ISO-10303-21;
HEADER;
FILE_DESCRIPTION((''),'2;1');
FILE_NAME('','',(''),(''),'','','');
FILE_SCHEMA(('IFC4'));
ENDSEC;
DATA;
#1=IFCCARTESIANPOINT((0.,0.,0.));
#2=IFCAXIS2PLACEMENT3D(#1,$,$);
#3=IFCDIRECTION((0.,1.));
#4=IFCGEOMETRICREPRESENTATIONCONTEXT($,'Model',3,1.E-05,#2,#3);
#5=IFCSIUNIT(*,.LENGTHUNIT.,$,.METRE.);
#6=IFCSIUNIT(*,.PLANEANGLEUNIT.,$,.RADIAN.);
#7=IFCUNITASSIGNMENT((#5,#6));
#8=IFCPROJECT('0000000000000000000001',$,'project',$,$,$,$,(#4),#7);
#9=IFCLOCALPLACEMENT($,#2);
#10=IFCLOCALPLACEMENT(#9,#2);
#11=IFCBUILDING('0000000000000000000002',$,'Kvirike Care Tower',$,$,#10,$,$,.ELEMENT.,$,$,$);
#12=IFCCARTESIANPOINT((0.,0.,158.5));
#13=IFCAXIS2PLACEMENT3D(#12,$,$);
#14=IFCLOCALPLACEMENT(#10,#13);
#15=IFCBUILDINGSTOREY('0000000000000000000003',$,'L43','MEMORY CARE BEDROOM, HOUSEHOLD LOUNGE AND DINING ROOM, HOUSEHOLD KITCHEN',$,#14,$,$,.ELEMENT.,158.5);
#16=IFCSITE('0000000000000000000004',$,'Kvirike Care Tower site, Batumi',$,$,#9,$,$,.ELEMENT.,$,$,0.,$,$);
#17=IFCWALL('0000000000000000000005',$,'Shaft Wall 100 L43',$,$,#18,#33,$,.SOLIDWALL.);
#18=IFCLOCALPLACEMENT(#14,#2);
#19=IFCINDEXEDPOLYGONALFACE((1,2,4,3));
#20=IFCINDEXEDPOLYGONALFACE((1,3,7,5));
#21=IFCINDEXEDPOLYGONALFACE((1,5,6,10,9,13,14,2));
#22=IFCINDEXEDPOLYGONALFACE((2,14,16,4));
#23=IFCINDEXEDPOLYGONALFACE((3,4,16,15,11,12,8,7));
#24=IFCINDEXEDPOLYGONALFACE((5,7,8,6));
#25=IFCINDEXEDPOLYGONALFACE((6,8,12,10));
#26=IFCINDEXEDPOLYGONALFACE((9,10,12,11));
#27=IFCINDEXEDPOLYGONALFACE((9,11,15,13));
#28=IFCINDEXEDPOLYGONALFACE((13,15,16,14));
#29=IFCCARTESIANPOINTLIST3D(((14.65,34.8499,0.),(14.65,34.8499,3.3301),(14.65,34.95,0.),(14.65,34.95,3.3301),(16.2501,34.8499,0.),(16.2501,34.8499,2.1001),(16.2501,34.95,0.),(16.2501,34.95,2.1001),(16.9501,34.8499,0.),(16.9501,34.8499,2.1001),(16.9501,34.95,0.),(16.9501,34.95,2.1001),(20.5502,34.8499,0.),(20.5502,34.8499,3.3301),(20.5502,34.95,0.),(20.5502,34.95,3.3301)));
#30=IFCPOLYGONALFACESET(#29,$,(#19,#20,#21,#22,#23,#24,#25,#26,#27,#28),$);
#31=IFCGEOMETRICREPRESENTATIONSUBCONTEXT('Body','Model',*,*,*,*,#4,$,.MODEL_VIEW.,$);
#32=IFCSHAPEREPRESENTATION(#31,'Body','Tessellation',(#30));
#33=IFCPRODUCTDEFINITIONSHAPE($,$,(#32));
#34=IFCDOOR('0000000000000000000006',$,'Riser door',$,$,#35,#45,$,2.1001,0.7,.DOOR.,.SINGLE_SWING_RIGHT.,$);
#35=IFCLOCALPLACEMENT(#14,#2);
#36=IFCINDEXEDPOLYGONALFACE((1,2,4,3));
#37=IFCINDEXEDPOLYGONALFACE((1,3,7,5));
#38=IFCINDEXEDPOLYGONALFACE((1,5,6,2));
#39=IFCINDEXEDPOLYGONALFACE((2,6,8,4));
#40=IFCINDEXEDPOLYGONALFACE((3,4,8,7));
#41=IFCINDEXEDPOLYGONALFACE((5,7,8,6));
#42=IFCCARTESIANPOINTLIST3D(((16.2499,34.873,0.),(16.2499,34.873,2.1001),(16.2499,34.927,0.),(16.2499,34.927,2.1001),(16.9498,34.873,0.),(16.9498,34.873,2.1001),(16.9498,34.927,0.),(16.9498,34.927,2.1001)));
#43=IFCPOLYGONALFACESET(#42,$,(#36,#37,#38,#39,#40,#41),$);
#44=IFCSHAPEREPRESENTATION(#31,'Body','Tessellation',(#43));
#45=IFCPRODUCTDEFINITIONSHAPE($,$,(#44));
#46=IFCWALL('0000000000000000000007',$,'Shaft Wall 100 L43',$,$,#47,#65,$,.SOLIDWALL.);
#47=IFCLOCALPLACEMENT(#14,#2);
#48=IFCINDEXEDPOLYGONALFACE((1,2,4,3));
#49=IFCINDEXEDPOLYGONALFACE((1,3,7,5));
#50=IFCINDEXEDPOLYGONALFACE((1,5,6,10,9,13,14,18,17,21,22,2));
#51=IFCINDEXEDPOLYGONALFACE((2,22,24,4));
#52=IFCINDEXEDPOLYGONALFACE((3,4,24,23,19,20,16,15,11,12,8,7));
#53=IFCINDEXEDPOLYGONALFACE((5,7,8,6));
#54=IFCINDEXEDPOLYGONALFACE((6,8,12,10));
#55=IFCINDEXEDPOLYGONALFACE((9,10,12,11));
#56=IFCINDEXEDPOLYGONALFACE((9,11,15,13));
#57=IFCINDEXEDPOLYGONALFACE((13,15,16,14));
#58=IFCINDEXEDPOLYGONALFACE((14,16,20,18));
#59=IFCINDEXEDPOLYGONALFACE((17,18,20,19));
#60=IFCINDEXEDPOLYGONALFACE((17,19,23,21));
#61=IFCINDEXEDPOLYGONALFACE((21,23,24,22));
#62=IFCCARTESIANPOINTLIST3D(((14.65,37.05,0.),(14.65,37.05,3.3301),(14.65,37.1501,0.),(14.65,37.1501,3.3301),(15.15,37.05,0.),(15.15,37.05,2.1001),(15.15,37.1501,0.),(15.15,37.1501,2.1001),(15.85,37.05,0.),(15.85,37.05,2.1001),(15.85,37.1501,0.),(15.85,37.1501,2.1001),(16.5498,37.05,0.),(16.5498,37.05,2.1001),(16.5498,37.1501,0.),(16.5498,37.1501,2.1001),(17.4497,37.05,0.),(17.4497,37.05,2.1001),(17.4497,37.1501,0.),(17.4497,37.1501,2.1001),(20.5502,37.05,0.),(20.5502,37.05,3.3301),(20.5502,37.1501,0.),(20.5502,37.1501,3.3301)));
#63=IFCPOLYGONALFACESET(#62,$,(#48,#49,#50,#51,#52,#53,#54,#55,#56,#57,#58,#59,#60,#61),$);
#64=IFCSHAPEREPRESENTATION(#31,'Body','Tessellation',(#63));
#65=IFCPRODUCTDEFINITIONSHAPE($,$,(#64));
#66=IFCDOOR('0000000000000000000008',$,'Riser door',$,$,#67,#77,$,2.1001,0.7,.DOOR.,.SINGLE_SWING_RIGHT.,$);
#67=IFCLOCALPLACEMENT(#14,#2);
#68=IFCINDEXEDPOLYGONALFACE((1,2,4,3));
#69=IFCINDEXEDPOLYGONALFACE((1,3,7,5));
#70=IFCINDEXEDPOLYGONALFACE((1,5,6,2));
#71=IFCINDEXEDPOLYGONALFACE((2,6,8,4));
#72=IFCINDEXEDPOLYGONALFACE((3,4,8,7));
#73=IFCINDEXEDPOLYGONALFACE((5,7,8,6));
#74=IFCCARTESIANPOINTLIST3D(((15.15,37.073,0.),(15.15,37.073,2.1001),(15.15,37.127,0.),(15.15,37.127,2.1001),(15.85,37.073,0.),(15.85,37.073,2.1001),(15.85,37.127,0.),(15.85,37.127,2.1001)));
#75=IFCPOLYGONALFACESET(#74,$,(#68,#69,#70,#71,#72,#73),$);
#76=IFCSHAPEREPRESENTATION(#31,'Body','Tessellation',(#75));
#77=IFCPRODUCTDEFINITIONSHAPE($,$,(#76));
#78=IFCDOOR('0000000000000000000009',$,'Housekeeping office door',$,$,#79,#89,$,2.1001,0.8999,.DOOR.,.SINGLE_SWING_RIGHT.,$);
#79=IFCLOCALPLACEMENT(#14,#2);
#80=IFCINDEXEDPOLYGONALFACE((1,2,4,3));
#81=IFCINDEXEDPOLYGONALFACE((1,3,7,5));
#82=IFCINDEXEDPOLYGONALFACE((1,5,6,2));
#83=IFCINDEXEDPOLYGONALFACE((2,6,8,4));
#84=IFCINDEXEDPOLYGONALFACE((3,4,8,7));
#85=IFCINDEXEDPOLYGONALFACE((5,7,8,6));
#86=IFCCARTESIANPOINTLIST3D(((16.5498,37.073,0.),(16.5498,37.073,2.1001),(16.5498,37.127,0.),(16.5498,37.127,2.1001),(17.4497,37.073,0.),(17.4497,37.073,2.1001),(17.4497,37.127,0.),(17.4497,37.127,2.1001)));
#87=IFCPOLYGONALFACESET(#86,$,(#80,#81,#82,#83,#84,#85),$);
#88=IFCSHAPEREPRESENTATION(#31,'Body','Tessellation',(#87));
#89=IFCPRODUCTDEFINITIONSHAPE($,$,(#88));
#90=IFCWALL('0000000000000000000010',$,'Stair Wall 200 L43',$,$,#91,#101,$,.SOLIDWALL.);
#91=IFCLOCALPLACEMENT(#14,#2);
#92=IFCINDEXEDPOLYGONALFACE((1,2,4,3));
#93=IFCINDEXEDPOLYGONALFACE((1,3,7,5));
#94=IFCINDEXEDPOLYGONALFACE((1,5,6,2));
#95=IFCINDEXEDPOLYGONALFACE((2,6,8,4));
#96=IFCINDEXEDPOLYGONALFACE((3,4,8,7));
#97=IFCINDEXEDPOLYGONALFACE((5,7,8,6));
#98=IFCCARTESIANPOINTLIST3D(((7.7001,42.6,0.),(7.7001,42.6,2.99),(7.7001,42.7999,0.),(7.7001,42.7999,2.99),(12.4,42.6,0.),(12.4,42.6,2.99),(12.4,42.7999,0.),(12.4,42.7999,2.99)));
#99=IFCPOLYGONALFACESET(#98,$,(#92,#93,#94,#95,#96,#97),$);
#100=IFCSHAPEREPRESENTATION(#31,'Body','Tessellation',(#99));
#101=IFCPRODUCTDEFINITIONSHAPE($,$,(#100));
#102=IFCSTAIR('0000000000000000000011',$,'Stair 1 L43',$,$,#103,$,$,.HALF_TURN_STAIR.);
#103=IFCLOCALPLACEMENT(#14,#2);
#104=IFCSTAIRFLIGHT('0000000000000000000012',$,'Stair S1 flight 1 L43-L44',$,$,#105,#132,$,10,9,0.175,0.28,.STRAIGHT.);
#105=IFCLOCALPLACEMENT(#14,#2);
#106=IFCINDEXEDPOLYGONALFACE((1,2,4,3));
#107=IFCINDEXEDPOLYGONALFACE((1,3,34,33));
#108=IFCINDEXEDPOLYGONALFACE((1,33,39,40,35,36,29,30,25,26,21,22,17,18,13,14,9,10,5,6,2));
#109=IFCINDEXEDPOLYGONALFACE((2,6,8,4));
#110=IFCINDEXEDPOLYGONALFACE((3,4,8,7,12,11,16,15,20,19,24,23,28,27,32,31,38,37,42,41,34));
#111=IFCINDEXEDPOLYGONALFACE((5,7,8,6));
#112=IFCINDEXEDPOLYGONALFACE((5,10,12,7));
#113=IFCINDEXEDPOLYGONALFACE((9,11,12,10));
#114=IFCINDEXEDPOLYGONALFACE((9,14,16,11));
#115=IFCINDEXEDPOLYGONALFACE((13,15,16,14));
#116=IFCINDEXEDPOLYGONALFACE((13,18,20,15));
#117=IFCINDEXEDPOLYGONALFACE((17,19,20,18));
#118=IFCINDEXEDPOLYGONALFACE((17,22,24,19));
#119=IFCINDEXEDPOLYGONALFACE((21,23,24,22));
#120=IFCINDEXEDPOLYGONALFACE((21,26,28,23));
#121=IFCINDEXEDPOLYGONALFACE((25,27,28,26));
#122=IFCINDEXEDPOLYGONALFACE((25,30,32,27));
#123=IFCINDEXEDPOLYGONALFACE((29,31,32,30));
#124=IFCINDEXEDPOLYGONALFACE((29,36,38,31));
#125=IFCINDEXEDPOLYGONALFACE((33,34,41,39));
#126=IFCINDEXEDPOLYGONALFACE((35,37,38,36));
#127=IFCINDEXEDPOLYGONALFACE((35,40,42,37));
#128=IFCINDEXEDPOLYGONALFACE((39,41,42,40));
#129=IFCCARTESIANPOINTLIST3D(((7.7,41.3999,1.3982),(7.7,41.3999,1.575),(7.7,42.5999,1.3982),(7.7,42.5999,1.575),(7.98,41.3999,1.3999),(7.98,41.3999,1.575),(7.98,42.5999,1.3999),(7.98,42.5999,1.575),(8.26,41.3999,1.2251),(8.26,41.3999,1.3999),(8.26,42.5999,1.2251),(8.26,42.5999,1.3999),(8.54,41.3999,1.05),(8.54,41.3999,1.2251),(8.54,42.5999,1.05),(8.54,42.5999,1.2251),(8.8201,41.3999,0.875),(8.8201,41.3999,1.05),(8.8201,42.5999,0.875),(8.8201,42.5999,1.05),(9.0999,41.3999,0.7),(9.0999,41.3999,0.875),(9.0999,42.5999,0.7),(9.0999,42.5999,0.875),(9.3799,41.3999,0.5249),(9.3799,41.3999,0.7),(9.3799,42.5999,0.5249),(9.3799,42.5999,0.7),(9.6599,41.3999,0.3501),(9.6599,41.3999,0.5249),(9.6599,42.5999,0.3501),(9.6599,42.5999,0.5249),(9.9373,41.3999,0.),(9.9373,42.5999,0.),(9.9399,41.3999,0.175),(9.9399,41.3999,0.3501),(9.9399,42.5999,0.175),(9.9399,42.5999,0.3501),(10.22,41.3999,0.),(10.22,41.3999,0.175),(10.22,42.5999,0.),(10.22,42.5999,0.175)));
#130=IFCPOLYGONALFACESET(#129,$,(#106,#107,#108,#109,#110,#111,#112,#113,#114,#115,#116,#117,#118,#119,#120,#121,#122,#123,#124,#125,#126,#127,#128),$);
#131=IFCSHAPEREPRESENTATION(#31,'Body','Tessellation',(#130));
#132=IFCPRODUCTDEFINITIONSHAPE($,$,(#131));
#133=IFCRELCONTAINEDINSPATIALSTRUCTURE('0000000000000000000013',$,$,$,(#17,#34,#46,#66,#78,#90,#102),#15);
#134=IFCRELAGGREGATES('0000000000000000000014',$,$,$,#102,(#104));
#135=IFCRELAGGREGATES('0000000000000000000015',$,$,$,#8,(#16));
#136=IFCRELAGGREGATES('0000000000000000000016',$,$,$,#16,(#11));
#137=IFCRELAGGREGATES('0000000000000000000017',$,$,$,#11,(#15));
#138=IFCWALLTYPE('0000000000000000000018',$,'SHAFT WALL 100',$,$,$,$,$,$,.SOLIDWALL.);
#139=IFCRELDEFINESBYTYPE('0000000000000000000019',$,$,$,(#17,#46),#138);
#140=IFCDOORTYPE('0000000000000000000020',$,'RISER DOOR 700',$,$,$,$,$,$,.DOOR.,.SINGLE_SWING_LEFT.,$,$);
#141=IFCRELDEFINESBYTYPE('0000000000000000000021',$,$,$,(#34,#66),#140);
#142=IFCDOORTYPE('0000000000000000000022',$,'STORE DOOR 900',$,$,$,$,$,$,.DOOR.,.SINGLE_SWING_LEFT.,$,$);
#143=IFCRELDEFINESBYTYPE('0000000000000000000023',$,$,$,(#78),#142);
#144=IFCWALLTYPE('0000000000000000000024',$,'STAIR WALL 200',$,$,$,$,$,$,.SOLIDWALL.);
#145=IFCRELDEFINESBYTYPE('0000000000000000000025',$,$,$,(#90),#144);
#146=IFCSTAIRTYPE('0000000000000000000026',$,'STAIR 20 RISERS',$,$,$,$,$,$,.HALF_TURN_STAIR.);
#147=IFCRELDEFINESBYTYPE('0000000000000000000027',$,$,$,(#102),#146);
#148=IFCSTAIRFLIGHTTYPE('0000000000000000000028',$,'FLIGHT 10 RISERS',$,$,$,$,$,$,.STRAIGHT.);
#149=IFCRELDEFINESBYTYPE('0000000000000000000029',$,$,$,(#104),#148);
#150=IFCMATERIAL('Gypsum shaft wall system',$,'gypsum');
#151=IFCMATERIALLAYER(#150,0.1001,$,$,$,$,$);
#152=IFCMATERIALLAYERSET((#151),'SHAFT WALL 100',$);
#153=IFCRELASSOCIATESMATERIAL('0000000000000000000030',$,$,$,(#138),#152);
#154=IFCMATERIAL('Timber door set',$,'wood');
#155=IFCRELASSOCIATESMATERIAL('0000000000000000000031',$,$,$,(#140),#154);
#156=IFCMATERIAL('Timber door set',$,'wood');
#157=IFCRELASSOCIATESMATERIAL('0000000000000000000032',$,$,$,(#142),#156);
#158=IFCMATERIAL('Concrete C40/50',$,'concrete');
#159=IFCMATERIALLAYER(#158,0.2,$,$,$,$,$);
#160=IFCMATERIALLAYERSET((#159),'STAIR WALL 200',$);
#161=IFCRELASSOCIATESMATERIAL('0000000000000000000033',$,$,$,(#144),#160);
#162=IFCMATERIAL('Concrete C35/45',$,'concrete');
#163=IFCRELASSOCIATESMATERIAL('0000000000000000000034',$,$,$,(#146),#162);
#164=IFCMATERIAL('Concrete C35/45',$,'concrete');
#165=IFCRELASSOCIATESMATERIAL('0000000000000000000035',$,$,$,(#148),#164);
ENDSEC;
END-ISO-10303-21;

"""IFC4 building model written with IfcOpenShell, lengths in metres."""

from ifc_helpers import new_model, si_unit, direction, frame, frame_2d, origin, place, context, subcontext, project, spatial, polyline, rectangle, outline, extrude, material, layer, layer_set, type_object, element, fill, aggregate, save


model = new_model("IFC4")

# Units and contexts
model_context = context("Model", 3, precision=1e-05, world=origin(), true_north=direction((0.0, 1.0)))
body_context = subcontext(model_context, "Body", "Model", "MODEL_VIEW")
ifc_project = project(units=[si_unit("LENGTHUNIT", "METRE"), si_unit("PLANEANGLEUNIT", "RADIAN")], contexts=[model_context])

# Site, building, storey
site_placement = place(None, origin())
site = spatial("IfcSite", under=ifc_project, at=site_placement, Name="Kvirike Care Tower site, Batumi", CompositionType="ELEMENT", RefElevation=0.0)
building_placement = place(site_placement, origin())
building = spatial("IfcBuilding", under=site, at=building_placement, Name="Kvirike Care Tower", CompositionType="ELEMENT")
storey_placement = place(building_placement, frame((0.0, 0.0, 158.5)))
storey = spatial("IfcBuildingStorey", under=building, at=storey_placement, Name="L43", Description="MEMORY CARE BEDROOM, HOUSEHOLD LOUNGE AND DINING ROOM, HOUSEHOLD KITCHEN", CompositionType="ELEMENT", Elevation=158.5)

# Shared definitions
ifc_material_1 = material(Name="Gypsum shaft wall system", Category="gypsum")
ifc_layer_1 = layer(ifc_material_1, 0.1001)
ifc_layer_set_1 = layer_set([ifc_layer_1], Name="SHAFT WALL 100")
wall_type_1 = type_object("IfcWallType", Name="SHAFT WALL 100", PredefinedType="SOLIDWALL", material=ifc_layer_set_1)

# Wall, opening, door
wall_1_placement = place(storey_placement, frame((14.6499, 34.8999, 0.0), z_axis=(0.0, 0.0, 1.0), x_axis=(1.0, 0.0, 0.0)))
wall_1 = element("IfcWall", 1, at=wall_1_placement, inside=storey, type_object=wall_type_1, Name="Shaft Wall 100 L43", PredefinedType="SOLIDWALL", context=body_context, shape_type="SweptSolid", body=[
    extrude(rectangle(XDim=5.9001, YDim=0.1001, at=frame_2d((2.9502, 0.0))), origin(), (0.0, 0.0, 1.0), 3.3301),
])
opening_1_placement = place(wall_1_placement, frame((1.6001, 0.0, 0.0)))
opening_1 = element("IfcOpeningElement", 2, at=opening_1_placement, cuts=wall_1, PredefinedType="OPENING", context=body_context, shape_type="SweptSolid", body=[
    extrude(rectangle(XDim=0.7, YDim=2.1001, at=frame_2d((0.3501, 1.05))), frame((0.0, 0.0605, 0.0), z_axis=(0.0, -1.0, 0.0), x_axis=(1.0, 0.0, 0.0)), (0.0, 0.0, 1.0), 0.1211),
])
ifc_material_2 = material(Name="Timber door set", Category="wood")
door_type_1 = type_object("IfcDoorType", Name="RISER DOOR 700", OperationType="SINGLE_SWING_LEFT", PredefinedType="DOOR", material=ifc_material_2)
door_1_placement = place(opening_1_placement, frame((0.7, 0.0, 0.0), z_axis=(0.0, 0.0, 1.0), x_axis=(-1.0, 0.0, 0.0)))
door_1 = element("IfcDoor", 3, at=door_1_placement, inside=storey, type_object=door_type_1, Name="Riser door", OperationType="SINGLE_SWING_RIGHT", OverallHeight=2.1001, OverallWidth=0.7, PredefinedType="DOOR", context=body_context, shape_type="SweptSolid", body=[
    extrude(rectangle(XDim=0.7, YDim=2.1001, at=frame_2d((0.3501, 1.05))), frame((0.0, 0.0269, 0.0), z_axis=(0.0, -1.0, 0.0), x_axis=(1.0, 0.0, 0.0)), (0.0, 0.0, 1.0), 0.054),
])
fill(opening_1, door_1)

# Wall, openings, doors
wall_2_placement = place(storey_placement, frame((14.6499, 37.1001, 0.0), z_axis=(0.0, 0.0, 1.0), x_axis=(1.0, 0.0, 0.0)))
wall_2 = element("IfcWall", 4, at=wall_2_placement, inside=storey, type_object=wall_type_1, Name="Shaft Wall 100 L43", PredefinedType="SOLIDWALL", context=body_context, shape_type="SweptSolid", body=[
    extrude(rectangle(XDim=5.9001, YDim=0.1001, at=frame_2d((2.9502, 0.0))), origin(), (0.0, 0.0, 1.0), 3.3301),
])
opening_2_placement = place(wall_2_placement, frame((0.5, 0.0, 0.0)))
opening_2 = element("IfcOpeningElement", 5, at=opening_2_placement, cuts=wall_2, PredefinedType="OPENING", context=body_context, shape_type="SweptSolid", body=[
    extrude(rectangle(XDim=0.7, YDim=2.1001, at=frame_2d((0.3501, 1.05))), frame((0.0, 0.0605, 0.0), z_axis=(0.0, -1.0, 0.0), x_axis=(1.0, 0.0, 0.0)), (0.0, 0.0, 1.0), 0.1211),
])
opening_3_placement = place(wall_2_placement, frame((1.8999, 0.0, 0.0)))
opening_3 = element("IfcOpeningElement", 6, at=opening_3_placement, cuts=wall_2, PredefinedType="OPENING", context=body_context, shape_type="SweptSolid", body=[
    extrude(rectangle(XDim=0.8999, YDim=2.1001, at=frame_2d((0.45, 1.05))), frame((0.0, 0.0605, 0.0), z_axis=(0.0, -1.0, 0.0), x_axis=(1.0, 0.0, 0.0)), (0.0, 0.0, 1.0), 0.1211),
])
door_2_placement = place(opening_2_placement, origin())
door_2 = element("IfcDoor", 7, at=door_2_placement, inside=storey, type_object=door_type_1, Name="Riser door", OperationType="SINGLE_SWING_RIGHT", OverallHeight=2.1001, OverallWidth=0.7, PredefinedType="DOOR", context=body_context, shape_type="SweptSolid", body=[
    extrude(rectangle(XDim=0.7, YDim=2.1001, at=frame_2d((0.3501, 1.05))), frame((0.0, 0.0269, 0.0), z_axis=(0.0, -1.0, 0.0), x_axis=(1.0, 0.0, 0.0)), (0.0, 0.0, 1.0), 0.054),
])
fill(opening_2, door_2)
ifc_material_3 = material(Name="Timber door set", Category="wood")
door_type_2 = type_object("IfcDoorType", Name="STORE DOOR 900", OperationType="SINGLE_SWING_LEFT", PredefinedType="DOOR", material=ifc_material_3)
door_3_placement = place(opening_3_placement, origin())
door_3 = element("IfcDoor", 8, at=door_3_placement, inside=storey, type_object=door_type_2, Name="Housekeeping office door", OperationType="SINGLE_SWING_RIGHT", OverallHeight=2.1001, OverallWidth=0.8999, PredefinedType="DOOR", context=body_context, shape_type="SweptSolid", body=[
    extrude(rectangle(XDim=0.8999, YDim=2.1001, at=frame_2d((0.45, 1.05))), frame((0.0, 0.0269, 0.0), z_axis=(0.0, -1.0, 0.0), x_axis=(1.0, 0.0, 0.0)), (0.0, 0.0, 1.0), 0.054),
])
fill(opening_3, door_3)

# Wall
ifc_material_4 = material(Name="Concrete C40/50", Category="concrete")
ifc_layer_2 = layer(ifc_material_4, 0.2)
ifc_layer_set_2 = layer_set([ifc_layer_2], Name="STAIR WALL 200")
wall_type_2 = type_object("IfcWallType", Name="STAIR WALL 200", PredefinedType="SOLIDWALL", material=ifc_layer_set_2)
wall_3_placement = place(storey_placement, frame((7.7, 42.7, 0.0), z_axis=(0.0, 0.0, 1.0), x_axis=(1.0, 0.0, 0.0)))
element("IfcWall", 9, at=wall_3_placement, inside=storey, type_object=wall_type_2, Name="Stair Wall 200 L43", PredefinedType="SOLIDWALL", context=body_context, shape_type="SweptSolid", body=[
    extrude(rectangle(XDim=4.7, YDim=0.2, at=frame_2d((2.3501, 0.0))), origin(), (0.0, 0.0, 1.0), 2.99),
])

# Stair, stair flight
ifc_material_5 = material(Name="Concrete C35/45", Category="concrete")
stair_type = type_object("IfcStairType", Name="STAIR 20 RISERS", PredefinedType="HALF_TURN_STAIR", material=ifc_material_5)
stair_placement = place(storey_placement, origin())
stair = element("IfcStair", 10, at=stair_placement, inside=storey, type_object=stair_type, Name="Stair 1 L43", PredefinedType="HALF_TURN_STAIR")
ifc_material_6 = material(Name="Concrete C35/45", Category="concrete")
stair_flight_type = type_object("IfcStairFlightType", Name="FLIGHT 10 RISERS", PredefinedType="STRAIGHT", material=ifc_material_6)
stair_flight_placement = place(storey_placement, frame((10.22, 42.0, 0.0), z_axis=(0.0, 0.0, 1.0), x_axis=(-1.0, 0.0, 0.0)))
stair_flight = element("IfcStairFlight", 11, at=stair_flight_placement, type_object=stair_flight_type, Name="Stair S1 flight 1 L43-L44", NumberOfRisers=10, NumberOfTreads=9, PredefinedType="STRAIGHT", RiserHeight=0.175, TreadLength=0.28, context=body_context, shape_type="SweptSolid", body=[
    extrude(outline(polyline([(0.0, 0.0), (0.0, 0.175), (0.28, 0.175), (0.28, 0.3501), (0.5601, 0.3501), (0.5601, 0.5249), (0.8401, 0.5249), (0.8401, 0.7), (1.1201, 0.7), (1.1201, 0.875), (1.3999, 0.875), (1.3999, 1.05), (1.6799, 1.05), (1.6799, 1.2251), (1.96, 1.2251), (1.96, 1.3999), (2.24, 1.3999), (2.24, 1.575), (2.52, 1.575), (2.52, 1.75), (2.52, 1.3982), (0.2827, 0.0), (0.0, 0.0)])), frame((0.0, 0.6001, 0.0), z_axis=(0.0, -1.0, 0.0), x_axis=(1.0, 0.0, 0.0)), (0.0, 0.0, 1.0), 1.2),
])
aggregate(stair, [stair_flight])

save(model, "model.ifc")
